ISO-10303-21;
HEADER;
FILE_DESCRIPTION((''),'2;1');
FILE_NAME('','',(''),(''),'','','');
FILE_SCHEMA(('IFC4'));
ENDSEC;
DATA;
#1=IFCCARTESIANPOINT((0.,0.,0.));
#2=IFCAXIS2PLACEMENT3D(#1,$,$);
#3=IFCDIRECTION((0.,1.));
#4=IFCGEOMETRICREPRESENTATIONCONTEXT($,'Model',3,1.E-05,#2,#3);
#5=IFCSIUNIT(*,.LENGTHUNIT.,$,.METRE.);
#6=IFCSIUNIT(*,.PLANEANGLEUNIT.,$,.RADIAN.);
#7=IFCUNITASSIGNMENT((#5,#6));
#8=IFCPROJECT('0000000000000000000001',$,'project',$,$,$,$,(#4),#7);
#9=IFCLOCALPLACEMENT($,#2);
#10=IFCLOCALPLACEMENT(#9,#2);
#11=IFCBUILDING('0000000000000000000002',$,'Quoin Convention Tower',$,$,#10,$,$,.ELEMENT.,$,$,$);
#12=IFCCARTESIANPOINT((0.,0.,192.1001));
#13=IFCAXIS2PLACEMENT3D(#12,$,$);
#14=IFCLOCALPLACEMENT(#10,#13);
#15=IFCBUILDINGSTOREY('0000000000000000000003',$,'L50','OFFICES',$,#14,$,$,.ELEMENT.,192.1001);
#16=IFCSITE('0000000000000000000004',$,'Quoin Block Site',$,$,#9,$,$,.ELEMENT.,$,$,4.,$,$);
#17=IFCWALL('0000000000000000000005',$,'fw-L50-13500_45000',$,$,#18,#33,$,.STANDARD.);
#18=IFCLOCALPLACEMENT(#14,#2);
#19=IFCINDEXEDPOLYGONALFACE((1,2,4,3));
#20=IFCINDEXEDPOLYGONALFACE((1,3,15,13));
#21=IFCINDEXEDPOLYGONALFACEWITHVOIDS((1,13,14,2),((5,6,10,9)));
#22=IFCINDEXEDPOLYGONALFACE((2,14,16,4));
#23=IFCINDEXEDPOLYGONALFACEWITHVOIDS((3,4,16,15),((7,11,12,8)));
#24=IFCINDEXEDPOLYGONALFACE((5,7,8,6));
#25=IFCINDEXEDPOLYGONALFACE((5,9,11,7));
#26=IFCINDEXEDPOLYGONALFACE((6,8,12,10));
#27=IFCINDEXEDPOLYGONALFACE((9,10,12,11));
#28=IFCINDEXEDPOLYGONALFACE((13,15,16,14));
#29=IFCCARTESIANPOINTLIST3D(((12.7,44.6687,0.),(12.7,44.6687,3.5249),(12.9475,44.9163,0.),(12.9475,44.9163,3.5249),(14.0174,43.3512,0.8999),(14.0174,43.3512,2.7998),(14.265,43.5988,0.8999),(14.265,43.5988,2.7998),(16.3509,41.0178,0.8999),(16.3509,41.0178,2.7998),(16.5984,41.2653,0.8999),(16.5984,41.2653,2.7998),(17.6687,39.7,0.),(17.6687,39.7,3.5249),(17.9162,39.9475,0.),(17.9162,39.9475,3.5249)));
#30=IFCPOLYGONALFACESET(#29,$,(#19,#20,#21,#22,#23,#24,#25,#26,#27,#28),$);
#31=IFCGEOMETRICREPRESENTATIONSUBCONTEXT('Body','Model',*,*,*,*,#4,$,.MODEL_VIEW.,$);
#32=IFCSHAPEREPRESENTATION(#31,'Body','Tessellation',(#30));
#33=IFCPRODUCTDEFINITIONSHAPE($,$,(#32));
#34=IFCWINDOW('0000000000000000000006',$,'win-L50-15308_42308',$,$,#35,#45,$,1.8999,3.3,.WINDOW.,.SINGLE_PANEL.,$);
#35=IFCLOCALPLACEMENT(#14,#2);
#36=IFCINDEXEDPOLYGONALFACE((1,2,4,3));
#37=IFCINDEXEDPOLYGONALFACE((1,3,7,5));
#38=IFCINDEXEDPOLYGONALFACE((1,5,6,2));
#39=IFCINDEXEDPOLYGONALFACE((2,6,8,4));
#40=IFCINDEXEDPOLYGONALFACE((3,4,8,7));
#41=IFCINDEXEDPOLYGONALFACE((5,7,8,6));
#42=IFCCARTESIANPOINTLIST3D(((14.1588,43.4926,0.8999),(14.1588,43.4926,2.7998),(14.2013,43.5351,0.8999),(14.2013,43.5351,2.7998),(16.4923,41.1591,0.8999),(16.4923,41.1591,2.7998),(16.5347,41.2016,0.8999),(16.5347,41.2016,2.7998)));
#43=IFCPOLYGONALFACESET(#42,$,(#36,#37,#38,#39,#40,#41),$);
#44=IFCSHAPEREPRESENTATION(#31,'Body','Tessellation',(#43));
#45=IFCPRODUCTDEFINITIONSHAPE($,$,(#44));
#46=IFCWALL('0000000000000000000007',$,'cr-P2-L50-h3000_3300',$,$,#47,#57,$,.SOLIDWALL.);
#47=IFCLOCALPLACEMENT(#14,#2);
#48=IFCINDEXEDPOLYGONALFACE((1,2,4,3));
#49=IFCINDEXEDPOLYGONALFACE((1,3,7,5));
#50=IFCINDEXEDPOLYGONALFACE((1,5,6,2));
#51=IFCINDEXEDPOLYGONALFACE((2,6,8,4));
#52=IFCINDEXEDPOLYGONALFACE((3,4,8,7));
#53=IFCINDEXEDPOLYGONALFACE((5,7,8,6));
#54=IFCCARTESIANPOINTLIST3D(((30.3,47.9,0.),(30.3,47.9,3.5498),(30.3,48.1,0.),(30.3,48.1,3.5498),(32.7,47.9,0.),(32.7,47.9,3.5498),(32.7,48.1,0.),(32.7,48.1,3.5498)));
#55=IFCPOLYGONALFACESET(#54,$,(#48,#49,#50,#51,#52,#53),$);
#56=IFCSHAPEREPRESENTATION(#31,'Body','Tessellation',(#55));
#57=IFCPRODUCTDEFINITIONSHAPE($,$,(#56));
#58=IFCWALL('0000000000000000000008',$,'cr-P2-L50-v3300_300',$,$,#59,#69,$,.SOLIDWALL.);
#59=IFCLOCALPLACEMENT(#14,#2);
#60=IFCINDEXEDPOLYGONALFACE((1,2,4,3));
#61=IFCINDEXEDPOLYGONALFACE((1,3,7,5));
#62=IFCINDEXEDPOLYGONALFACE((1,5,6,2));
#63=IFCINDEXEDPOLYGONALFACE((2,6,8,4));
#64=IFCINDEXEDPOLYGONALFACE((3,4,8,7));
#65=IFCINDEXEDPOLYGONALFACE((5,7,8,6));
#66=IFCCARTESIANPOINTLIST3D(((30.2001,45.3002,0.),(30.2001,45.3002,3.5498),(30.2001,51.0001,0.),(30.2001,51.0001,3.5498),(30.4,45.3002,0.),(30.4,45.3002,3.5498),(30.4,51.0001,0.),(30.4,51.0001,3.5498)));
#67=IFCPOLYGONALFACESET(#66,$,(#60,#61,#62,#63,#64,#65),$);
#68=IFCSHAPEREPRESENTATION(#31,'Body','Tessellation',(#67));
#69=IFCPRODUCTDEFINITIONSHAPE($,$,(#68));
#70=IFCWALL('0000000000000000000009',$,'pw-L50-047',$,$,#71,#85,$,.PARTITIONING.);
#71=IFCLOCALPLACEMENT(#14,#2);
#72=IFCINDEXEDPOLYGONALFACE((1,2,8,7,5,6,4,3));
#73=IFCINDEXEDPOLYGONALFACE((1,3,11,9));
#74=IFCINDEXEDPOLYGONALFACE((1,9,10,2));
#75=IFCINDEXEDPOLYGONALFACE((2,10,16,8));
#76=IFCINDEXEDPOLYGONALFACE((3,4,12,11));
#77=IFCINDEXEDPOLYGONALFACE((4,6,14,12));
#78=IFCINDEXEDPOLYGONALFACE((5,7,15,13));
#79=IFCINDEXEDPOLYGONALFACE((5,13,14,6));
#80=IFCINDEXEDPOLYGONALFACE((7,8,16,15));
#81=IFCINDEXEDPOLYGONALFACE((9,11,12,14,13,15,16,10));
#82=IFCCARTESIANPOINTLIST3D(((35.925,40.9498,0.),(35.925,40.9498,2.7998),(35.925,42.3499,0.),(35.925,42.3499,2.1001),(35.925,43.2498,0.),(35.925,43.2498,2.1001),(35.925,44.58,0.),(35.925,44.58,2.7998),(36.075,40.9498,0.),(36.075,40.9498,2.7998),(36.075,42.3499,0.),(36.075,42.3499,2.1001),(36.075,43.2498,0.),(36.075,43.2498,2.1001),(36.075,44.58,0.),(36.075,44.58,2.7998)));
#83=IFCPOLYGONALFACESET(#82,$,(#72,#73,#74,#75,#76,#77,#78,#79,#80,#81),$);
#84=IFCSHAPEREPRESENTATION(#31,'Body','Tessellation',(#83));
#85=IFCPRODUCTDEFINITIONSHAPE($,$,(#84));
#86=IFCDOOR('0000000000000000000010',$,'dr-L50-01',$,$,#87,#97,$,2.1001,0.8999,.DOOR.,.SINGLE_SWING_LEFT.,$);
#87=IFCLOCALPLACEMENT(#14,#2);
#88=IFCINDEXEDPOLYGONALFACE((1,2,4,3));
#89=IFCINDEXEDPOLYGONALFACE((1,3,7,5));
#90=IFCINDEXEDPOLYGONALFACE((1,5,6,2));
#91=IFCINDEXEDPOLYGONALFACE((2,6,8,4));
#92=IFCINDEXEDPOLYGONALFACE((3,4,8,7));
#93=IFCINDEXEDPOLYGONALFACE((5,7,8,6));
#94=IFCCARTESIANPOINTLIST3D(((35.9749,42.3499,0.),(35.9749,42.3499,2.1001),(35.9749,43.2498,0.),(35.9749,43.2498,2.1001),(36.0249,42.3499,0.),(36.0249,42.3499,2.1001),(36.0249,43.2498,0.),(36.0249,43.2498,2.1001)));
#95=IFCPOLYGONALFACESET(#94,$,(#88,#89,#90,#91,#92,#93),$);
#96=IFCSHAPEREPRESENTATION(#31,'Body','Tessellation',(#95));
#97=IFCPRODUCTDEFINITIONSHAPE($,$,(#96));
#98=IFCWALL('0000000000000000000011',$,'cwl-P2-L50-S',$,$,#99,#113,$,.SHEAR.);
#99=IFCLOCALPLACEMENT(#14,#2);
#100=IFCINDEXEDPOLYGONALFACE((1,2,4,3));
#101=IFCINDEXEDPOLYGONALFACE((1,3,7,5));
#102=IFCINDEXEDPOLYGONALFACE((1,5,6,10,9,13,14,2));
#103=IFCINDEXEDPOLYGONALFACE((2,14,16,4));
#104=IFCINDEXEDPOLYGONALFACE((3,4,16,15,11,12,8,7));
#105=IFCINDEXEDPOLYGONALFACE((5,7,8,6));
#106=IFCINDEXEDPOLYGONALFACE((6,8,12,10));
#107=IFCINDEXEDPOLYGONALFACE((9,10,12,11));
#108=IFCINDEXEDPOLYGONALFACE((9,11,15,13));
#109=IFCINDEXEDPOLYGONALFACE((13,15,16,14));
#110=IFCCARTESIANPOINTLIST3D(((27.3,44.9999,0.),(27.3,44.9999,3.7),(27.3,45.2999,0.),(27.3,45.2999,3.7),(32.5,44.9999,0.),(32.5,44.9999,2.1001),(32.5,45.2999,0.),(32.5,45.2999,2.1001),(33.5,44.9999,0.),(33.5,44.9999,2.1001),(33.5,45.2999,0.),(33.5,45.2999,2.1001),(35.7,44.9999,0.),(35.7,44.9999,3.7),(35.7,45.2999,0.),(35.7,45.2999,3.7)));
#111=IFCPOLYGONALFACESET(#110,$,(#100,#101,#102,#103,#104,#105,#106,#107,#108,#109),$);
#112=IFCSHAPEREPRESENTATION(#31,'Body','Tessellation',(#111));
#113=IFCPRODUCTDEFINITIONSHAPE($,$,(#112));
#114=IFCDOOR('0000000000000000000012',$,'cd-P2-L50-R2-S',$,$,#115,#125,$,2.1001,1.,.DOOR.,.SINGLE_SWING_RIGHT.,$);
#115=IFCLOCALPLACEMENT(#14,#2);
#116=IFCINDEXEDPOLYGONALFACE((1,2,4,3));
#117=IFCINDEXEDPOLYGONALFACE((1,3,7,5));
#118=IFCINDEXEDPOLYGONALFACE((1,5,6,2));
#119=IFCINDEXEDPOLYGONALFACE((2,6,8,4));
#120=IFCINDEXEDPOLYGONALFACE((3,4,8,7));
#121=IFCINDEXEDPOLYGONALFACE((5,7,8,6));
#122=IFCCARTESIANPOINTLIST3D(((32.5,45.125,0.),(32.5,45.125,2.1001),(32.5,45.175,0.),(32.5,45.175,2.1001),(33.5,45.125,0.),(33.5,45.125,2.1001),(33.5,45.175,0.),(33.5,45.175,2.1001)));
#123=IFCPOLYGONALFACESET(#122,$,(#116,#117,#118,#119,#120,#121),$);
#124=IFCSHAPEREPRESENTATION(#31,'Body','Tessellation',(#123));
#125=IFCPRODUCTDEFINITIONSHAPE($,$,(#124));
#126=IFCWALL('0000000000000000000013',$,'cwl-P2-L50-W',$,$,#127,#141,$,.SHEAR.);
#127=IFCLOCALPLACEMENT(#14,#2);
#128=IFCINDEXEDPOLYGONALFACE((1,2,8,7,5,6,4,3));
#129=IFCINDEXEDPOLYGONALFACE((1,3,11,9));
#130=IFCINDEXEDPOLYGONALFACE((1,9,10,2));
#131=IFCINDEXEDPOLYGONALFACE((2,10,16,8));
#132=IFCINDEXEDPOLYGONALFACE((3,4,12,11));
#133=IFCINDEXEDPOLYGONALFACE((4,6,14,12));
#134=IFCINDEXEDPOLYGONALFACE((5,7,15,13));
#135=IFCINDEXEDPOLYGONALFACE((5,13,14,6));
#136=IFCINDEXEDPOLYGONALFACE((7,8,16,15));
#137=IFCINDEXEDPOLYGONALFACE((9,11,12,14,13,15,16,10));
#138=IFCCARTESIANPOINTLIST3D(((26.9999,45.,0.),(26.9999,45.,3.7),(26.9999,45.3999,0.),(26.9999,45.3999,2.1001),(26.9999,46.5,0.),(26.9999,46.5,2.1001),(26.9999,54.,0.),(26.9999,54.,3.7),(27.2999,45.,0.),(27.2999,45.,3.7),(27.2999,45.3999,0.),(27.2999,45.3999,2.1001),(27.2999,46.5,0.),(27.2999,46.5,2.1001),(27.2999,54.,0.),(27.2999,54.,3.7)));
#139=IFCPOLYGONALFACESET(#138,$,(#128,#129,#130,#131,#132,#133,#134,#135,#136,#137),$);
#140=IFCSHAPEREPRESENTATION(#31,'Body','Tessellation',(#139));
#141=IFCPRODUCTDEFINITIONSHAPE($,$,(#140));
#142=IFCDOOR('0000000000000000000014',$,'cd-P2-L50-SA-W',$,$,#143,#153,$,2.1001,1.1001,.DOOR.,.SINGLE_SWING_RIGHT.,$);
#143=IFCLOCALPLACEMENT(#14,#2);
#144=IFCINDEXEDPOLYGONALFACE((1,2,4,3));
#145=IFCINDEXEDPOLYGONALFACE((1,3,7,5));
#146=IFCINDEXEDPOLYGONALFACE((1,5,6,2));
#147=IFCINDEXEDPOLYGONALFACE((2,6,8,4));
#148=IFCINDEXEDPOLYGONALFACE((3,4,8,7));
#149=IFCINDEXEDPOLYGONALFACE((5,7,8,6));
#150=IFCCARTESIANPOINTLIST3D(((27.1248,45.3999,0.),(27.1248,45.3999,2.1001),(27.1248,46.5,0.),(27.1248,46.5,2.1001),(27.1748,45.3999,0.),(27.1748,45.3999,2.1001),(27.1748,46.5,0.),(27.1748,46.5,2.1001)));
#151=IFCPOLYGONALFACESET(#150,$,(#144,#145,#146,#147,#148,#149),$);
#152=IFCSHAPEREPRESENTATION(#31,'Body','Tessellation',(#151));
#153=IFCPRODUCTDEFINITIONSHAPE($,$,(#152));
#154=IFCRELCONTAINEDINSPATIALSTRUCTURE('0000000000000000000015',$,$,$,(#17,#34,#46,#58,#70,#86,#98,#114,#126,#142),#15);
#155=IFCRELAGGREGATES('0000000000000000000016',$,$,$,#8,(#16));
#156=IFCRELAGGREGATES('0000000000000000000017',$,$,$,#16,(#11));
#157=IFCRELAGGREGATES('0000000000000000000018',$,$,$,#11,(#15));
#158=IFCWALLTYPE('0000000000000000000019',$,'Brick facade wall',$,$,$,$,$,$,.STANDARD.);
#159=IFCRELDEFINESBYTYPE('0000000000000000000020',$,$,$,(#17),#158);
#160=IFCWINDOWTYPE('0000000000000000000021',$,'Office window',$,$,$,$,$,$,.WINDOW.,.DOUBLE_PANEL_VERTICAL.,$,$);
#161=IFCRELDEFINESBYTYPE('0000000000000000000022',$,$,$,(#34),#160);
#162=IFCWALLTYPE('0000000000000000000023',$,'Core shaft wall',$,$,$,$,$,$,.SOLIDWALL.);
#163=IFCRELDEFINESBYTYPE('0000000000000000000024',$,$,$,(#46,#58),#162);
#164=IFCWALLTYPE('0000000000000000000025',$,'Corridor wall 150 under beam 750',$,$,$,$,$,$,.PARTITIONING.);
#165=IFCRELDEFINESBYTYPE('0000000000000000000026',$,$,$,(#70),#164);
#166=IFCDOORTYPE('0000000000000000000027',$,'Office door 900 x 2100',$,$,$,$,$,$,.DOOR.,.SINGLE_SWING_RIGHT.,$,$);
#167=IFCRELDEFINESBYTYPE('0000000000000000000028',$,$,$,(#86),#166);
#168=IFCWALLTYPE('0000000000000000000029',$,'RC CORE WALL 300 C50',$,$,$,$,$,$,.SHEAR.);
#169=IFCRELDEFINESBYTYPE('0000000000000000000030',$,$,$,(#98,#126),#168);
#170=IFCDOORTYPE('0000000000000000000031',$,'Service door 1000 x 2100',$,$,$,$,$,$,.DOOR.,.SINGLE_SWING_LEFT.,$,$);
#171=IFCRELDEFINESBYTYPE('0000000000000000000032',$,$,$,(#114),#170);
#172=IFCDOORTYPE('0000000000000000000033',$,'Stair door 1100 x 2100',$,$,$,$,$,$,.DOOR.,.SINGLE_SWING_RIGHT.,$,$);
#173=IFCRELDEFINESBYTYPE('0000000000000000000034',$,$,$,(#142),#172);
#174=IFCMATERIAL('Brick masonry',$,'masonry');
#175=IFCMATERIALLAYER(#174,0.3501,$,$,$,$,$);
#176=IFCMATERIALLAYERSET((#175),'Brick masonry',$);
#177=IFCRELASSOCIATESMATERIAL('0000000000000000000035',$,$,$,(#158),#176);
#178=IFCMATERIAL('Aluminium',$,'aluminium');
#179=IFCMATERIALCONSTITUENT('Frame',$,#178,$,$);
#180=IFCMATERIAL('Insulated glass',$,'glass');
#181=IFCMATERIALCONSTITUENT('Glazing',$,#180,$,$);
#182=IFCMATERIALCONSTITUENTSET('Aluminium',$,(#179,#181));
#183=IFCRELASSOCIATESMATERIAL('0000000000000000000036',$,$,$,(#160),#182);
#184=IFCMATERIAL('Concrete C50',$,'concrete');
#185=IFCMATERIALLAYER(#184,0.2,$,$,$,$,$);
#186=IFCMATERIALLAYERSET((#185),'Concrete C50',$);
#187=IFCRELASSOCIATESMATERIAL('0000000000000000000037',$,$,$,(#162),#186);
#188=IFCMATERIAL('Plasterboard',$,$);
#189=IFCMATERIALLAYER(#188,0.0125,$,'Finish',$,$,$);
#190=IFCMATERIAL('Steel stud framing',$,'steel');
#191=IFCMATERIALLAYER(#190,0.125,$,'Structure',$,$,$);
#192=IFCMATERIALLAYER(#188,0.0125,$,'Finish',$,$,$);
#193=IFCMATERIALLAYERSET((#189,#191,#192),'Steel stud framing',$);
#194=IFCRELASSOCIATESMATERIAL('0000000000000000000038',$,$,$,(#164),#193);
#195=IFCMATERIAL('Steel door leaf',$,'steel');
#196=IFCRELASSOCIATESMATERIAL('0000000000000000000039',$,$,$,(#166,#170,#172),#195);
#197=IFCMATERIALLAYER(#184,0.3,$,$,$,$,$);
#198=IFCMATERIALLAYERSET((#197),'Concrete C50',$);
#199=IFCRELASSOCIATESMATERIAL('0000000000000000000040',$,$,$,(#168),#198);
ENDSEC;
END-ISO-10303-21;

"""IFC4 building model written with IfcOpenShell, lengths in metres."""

from ifc_helpers import new_model, si_unit, direction, frame, frame_2d, origin, place, context, subcontext, project, spatial, rectangle, extrude, material, layer, layer_set, constituent, constituent_set, type_object, element, fill, save


model = new_model("IFC4")

# Units and contexts
model_context = context("Model", 3, precision=1e-05, world=origin(), true_north=direction((0.0, 1.0)))
body_context = subcontext(model_context, "Body", "Model", "MODEL_VIEW")
ifc_project = project(units=[si_unit("LENGTHUNIT", "METRE"), si_unit("PLANEANGLEUNIT", "RADIAN")], contexts=[model_context])

# Site, building, storey
site_placement = place(None, origin())
site = spatial("IfcSite", under=ifc_project, at=site_placement, Name="Quoin Block Site", CompositionType="ELEMENT", RefElevation=4.0)
building_placement = place(site_placement, origin())
building = spatial("IfcBuilding", under=site, at=building_placement, Name="Quoin Convention Tower", CompositionType="ELEMENT")
storey_placement = place(building_placement, frame((0.0, 0.0, 192.1001)))
storey = spatial("IfcBuildingStorey", under=building, at=storey_placement, Name="L50", Description="OFFICES", CompositionType="ELEMENT", Elevation=192.1001)

# Shared definitions
ifc_material_1 = material(Name="Concrete C50", Category="concrete")

# Wall, opening, window
ifc_material_2 = material(Name="Brick masonry", Category="masonry")
ifc_layer_1 = layer(ifc_material_2, 0.3501)
ifc_layer_set_1 = layer_set([ifc_layer_1], Name="Brick masonry")
wall_type_1 = type_object("IfcWallType", Name="Brick facade wall", PredefinedType="STANDARD", material=ifc_layer_set_1)
wall_1_placement = place(storey_placement, frame((12.8237, 44.7925, 0.0), z_axis=(0.0, 0.0, 1.0), x_axis=(0.707107, -0.707107, 0.0)))
wall_1 = element("IfcWall", 1, at=wall_1_placement, inside=storey, type_object=wall_type_1, Name="fw-L50-13500_45000", PredefinedType="STANDARD", context=body_context, shape_type="SweptSolid", body=[
    extrude(rectangle(XDim=7.0269, YDim=0.3501, at=frame_2d((3.5134, 0.0))), origin(), (0.0, 0.0, 1.0), 3.5249),
])
opening_1_placement = place(wall_1_placement, frame((1.8633, 0.0, 0.8999)))
opening_1 = element("IfcOpeningElement", 2, at=opening_1_placement, cuts=wall_1, PredefinedType="OPENING", context=body_context, shape_type="SweptSolid", body=[
    extrude(rectangle(XDim=3.3, YDim=1.8999, at=frame_2d((1.6499, 0.95))), frame((0.0, 0.1851, 0.0), z_axis=(0.0, -1.0, 0.0), x_axis=(1.0, 0.0, 0.0)), (0.0, 0.0, 1.0), 0.3701),
])
ifc_material_3 = material(Name="Aluminium", Category="aluminium")
ifc_constituent_1 = constituent(ifc_material_3, Name="Frame")
ifc_material_4 = material(Name="Insulated glass", Category="glass")
ifc_constituent_2 = constituent(ifc_material_4, Name="Glazing")
ifc_constituent_set = constituent_set(constituents=[ifc_constituent_1, ifc_constituent_2], Name="Aluminium")
window_type = type_object("IfcWindowType", Name="Office window", PartitioningType="DOUBLE_PANEL_VERTICAL", PredefinedType="WINDOW", material=ifc_constituent_set)
window_placement = place(opening_1_placement, origin())
window = element("IfcWindow", 3, at=window_placement, inside=storey, type_object=window_type, Name="win-L50-15308_42308", OverallHeight=1.8999, OverallWidth=3.3, PartitioningType="SINGLE_PANEL", PredefinedType="WINDOW", context=body_context, shape_type="SweptSolid", body=[
    extrude(rectangle(XDim=3.3, YDim=1.8999, at=frame_2d((1.6499, 0.95))), frame((0.0, 0.085, 0.0), z_axis=(0.0, -1.0, 0.0), x_axis=(1.0, 0.0, 0.0)), (0.0, 0.0, 1.0), 0.0601),
])
fill(opening_1, window)

# Walls
ifc_layer_2 = layer(ifc_material_1, 0.2)
ifc_layer_set_2 = layer_set([ifc_layer_2], Name="Concrete C50")
wall_type_2 = type_object("IfcWallType", Name="Core shaft wall", PredefinedType="SOLIDWALL", material=ifc_layer_set_2)
wall_2_placement = place(storey_placement, frame((30.3, 48.0, 0.0), z_axis=(0.0, 0.0, 1.0), x_axis=(1.0, 0.0, 0.0)))
element("IfcWall", 4, at=wall_2_placement, inside=storey, type_object=wall_type_2, Name="cr-P2-L50-h3000_3300", PredefinedType="SOLIDWALL", context=body_context, shape_type="SweptSolid", body=[
    extrude(rectangle(XDim=2.3999, YDim=0.2, at=frame_2d((1.2, 0.0))), origin(), (0.0, 0.0, 1.0), 3.5498),
])
wall_3_placement = place(storey_placement, frame((30.3, 45.3, 0.0), z_axis=(0.0, 0.0, 1.0), x_axis=(0.0, 1.0, 0.0)))
element("IfcWall", 5, at=wall_3_placement, inside=storey, type_object=wall_type_2, Name="cr-P2-L50-v3300_300", PredefinedType="SOLIDWALL", context=body_context, shape_type="SweptSolid", body=[
    extrude(rectangle(XDim=5.7, YDim=0.2, at=frame_2d((2.8501, 0.0))), origin(), (0.0, 0.0, 1.0), 3.5498),
])

# Walls, openings, doors
ifc_material_5 = material(Name="Plasterboard")
ifc_layer_3 = layer(ifc_material_5, 0.0125, Name="Finish")
ifc_material_6 = material(Name="Steel stud framing", Category="steel")
ifc_layer_4 = layer(ifc_material_6, 0.125, Name="Structure")
ifc_layer_5 = layer(ifc_material_5, 0.0125, Name="Finish")
ifc_layer_set_3 = layer_set([ifc_layer_3, ifc_layer_4, ifc_layer_5], Name="Steel stud framing")
wall_type_3 = type_object("IfcWallType", Name="Corridor wall 150 under beam 750", PredefinedType="PARTITIONING", material=ifc_layer_set_3)
wall_4_placement = place(storey_placement, frame((36.0, 40.95, 0.0), z_axis=(0.0, 0.0, 1.0), x_axis=(0.0, 1.0, 0.0)))
wall_4 = element("IfcWall", 6, at=wall_4_placement, inside=storey, type_object=wall_type_3, Name="pw-L50-047", PredefinedType="PARTITIONING", context=body_context, shape_type="SweptSolid", body=[
    extrude(rectangle(XDim=3.6301, YDim=0.1499, at=frame_2d((1.8149, 0.0))), origin(), (0.0, 0.0, 1.0), 2.7998),
])
opening_2_placement = place(wall_4_placement, frame((1.3999, 0.0, 0.0)))
opening_2 = element("IfcOpeningElement", 7, at=opening_2_placement, cuts=wall_4, PredefinedType="OPENING", context=body_context, shape_type="SweptSolid", body=[
    extrude(rectangle(XDim=0.8999, YDim=2.1001, at=frame_2d((0.45, 1.05))), frame((0.0, 0.085, 0.0), z_axis=(0.0, -1.0, 0.0), x_axis=(1.0, 0.0, 0.0)), (0.0, 0.0, 1.0), 0.1699),
])
ifc_material_7 = material(Name="Steel door leaf", Category="steel")
door_type_1 = type_object("IfcDoorType", Name="Office door 900 x 2100", OperationType="SINGLE_SWING_RIGHT", PredefinedType="DOOR", material=ifc_material_7)
door_1_placement = place(opening_2_placement, frame((0.8999, 0.0, 0.0), z_axis=(0.0, 0.0, 1.0), x_axis=(-1.0, 0.0, 0.0)))
door_1 = element("IfcDoor", 8, at=door_1_placement, inside=storey, type_object=door_type_1, Name="dr-L50-01", OperationType="SINGLE_SWING_LEFT", OverallHeight=2.1001, OverallWidth=0.8999, PredefinedType="DOOR", context=body_context, shape_type="SweptSolid", body=[
    extrude(rectangle(XDim=0.8999, YDim=2.1001, at=frame_2d((0.45, 1.05))), frame((0.0, 0.0249, 0.0), z_axis=(0.0, -1.0, 0.0), x_axis=(1.0, 0.0, 0.0)), (0.0, 0.0, 1.0), 0.05),
])
fill(opening_2, door_1)
ifc_layer_6 = layer(ifc_material_1, 0.3)
ifc_layer_set_4 = layer_set([ifc_layer_6], Name="Concrete C50")
wall_type_4 = type_object("IfcWallType", Name="RC CORE WALL 300 C50", PredefinedType="SHEAR", material=ifc_layer_set_4)
wall_5_placement = place(storey_placement, frame((27.3, 45.1499, 0.0), z_axis=(0.0, 0.0, 1.0), x_axis=(1.0, 0.0, 0.0)))
wall_5 = element("IfcWall", 9, at=wall_5_placement, inside=storey, type_object=wall_type_4, Name="cwl-P2-L50-S", PredefinedType="SHEAR", context=body_context, shape_type="SweptSolid", body=[
    extrude(rectangle(XDim=8.3999, YDim=0.3, at=frame_2d((4.2, 0.0))), origin(), (0.0, 0.0, 1.0), 3.7),
])
opening_3_placement = place(wall_5_placement, frame((5.2, 0.0, 0.0)))
opening_3 = element("IfcOpeningElement", 10, at=opening_3_placement, cuts=wall_5, PredefinedType="OPENING", context=body_context, shape_type="SweptSolid", body=[
    extrude(rectangle(XDim=1.0, YDim=2.1001, at=frame_2d((0.5, 1.05))), frame((0.0, 0.1599, 0.0), z_axis=(0.0, -1.0, 0.0), x_axis=(1.0, 0.0, 0.0)), (0.0, 0.0, 1.0), 0.3201),
])
door_type_2 = type_object("IfcDoorType", Name="Service door 1000 x 2100", OperationType="SINGLE_SWING_LEFT", PredefinedType="DOOR", material=ifc_material_7)
door_2_placement = place(opening_3_placement, frame((1.0, 0.0, 0.0), z_axis=(0.0, 0.0, 1.0), x_axis=(-1.0, 0.0, 0.0)))
door_2 = element("IfcDoor", 11, at=door_2_placement, inside=storey, type_object=door_type_2, Name="cd-P2-L50-R2-S", OperationType="SINGLE_SWING_RIGHT", OverallHeight=2.1001, OverallWidth=1.0, PredefinedType="DOOR", context=body_context, shape_type="SweptSolid", body=[
    extrude(rectangle(XDim=1.0, YDim=2.1001, at=frame_2d((0.5, 1.05))), frame((0.0, 0.0249, 0.0), z_axis=(0.0, -1.0, 0.0), x_axis=(1.0, 0.0, 0.0)), (0.0, 0.0, 1.0), 0.05),
])
fill(opening_3, door_2)
wall_6_placement = place(storey_placement, frame((27.1499, 45.0, 0.0), z_axis=(0.0, 0.0, 1.0), x_axis=(0.0, 1.0, 0.0)))
wall_6 = element("IfcWall", 12, at=wall_6_placement, inside=storey, type_object=wall_type_4, Name="cwl-P2-L50-W", PredefinedType="SHEAR", context=body_context, shape_type="SweptSolid", body=[
    extrude(rectangle(XDim=9.0, YDim=0.3, at=frame_2d((4.5, 0.0))), origin(), (0.0, 0.0, 1.0), 3.7),
])
opening_4_placement = place(wall_6_placement, frame((0.3999, 0.0, 0.0)))
opening_4 = element("IfcOpeningElement", 13, at=opening_4_placement, cuts=wall_6, PredefinedType="OPENING", context=body_context, shape_type="SweptSolid", body=[
    extrude(rectangle(XDim=1.1001, YDim=2.1001, at=frame_2d((0.55, 1.05))), frame((0.0, 0.1599, 0.0), z_axis=(0.0, -1.0, 0.0), x_axis=(1.0, 0.0, 0.0)), (0.0, 0.0, 1.0), 0.3201),
])
door_type_3 = type_object("IfcDoorType", Name="Stair door 1100 x 2100", OperationType="SINGLE_SWING_RIGHT", PredefinedType="DOOR", material=ifc_material_7)
door_3_placement = place(opening_4_placement, frame((1.1001, 0.0, 0.0), z_axis=(0.0, 0.0, 1.0), x_axis=(-1.0, 0.0, 0.0)))
door_3 = element("IfcDoor", 14, at=door_3_placement, inside=storey, type_object=door_type_3, Name="cd-P2-L50-SA-W", OperationType="SINGLE_SWING_RIGHT", OverallHeight=2.1001, OverallWidth=1.1001, PredefinedType="DOOR", context=body_context, shape_type="SweptSolid", body=[
    extrude(rectangle(XDim=1.1001, YDim=2.1001, at=frame_2d((0.55, 1.05))), frame((0.0, 0.0249, 0.0), z_axis=(0.0, -1.0, 0.0), x_axis=(1.0, 0.0, 0.0)), (0.0, 0.0, 1.0), 0.05),
])
fill(opening_4, door_3)

save(model, "model.ifc")
